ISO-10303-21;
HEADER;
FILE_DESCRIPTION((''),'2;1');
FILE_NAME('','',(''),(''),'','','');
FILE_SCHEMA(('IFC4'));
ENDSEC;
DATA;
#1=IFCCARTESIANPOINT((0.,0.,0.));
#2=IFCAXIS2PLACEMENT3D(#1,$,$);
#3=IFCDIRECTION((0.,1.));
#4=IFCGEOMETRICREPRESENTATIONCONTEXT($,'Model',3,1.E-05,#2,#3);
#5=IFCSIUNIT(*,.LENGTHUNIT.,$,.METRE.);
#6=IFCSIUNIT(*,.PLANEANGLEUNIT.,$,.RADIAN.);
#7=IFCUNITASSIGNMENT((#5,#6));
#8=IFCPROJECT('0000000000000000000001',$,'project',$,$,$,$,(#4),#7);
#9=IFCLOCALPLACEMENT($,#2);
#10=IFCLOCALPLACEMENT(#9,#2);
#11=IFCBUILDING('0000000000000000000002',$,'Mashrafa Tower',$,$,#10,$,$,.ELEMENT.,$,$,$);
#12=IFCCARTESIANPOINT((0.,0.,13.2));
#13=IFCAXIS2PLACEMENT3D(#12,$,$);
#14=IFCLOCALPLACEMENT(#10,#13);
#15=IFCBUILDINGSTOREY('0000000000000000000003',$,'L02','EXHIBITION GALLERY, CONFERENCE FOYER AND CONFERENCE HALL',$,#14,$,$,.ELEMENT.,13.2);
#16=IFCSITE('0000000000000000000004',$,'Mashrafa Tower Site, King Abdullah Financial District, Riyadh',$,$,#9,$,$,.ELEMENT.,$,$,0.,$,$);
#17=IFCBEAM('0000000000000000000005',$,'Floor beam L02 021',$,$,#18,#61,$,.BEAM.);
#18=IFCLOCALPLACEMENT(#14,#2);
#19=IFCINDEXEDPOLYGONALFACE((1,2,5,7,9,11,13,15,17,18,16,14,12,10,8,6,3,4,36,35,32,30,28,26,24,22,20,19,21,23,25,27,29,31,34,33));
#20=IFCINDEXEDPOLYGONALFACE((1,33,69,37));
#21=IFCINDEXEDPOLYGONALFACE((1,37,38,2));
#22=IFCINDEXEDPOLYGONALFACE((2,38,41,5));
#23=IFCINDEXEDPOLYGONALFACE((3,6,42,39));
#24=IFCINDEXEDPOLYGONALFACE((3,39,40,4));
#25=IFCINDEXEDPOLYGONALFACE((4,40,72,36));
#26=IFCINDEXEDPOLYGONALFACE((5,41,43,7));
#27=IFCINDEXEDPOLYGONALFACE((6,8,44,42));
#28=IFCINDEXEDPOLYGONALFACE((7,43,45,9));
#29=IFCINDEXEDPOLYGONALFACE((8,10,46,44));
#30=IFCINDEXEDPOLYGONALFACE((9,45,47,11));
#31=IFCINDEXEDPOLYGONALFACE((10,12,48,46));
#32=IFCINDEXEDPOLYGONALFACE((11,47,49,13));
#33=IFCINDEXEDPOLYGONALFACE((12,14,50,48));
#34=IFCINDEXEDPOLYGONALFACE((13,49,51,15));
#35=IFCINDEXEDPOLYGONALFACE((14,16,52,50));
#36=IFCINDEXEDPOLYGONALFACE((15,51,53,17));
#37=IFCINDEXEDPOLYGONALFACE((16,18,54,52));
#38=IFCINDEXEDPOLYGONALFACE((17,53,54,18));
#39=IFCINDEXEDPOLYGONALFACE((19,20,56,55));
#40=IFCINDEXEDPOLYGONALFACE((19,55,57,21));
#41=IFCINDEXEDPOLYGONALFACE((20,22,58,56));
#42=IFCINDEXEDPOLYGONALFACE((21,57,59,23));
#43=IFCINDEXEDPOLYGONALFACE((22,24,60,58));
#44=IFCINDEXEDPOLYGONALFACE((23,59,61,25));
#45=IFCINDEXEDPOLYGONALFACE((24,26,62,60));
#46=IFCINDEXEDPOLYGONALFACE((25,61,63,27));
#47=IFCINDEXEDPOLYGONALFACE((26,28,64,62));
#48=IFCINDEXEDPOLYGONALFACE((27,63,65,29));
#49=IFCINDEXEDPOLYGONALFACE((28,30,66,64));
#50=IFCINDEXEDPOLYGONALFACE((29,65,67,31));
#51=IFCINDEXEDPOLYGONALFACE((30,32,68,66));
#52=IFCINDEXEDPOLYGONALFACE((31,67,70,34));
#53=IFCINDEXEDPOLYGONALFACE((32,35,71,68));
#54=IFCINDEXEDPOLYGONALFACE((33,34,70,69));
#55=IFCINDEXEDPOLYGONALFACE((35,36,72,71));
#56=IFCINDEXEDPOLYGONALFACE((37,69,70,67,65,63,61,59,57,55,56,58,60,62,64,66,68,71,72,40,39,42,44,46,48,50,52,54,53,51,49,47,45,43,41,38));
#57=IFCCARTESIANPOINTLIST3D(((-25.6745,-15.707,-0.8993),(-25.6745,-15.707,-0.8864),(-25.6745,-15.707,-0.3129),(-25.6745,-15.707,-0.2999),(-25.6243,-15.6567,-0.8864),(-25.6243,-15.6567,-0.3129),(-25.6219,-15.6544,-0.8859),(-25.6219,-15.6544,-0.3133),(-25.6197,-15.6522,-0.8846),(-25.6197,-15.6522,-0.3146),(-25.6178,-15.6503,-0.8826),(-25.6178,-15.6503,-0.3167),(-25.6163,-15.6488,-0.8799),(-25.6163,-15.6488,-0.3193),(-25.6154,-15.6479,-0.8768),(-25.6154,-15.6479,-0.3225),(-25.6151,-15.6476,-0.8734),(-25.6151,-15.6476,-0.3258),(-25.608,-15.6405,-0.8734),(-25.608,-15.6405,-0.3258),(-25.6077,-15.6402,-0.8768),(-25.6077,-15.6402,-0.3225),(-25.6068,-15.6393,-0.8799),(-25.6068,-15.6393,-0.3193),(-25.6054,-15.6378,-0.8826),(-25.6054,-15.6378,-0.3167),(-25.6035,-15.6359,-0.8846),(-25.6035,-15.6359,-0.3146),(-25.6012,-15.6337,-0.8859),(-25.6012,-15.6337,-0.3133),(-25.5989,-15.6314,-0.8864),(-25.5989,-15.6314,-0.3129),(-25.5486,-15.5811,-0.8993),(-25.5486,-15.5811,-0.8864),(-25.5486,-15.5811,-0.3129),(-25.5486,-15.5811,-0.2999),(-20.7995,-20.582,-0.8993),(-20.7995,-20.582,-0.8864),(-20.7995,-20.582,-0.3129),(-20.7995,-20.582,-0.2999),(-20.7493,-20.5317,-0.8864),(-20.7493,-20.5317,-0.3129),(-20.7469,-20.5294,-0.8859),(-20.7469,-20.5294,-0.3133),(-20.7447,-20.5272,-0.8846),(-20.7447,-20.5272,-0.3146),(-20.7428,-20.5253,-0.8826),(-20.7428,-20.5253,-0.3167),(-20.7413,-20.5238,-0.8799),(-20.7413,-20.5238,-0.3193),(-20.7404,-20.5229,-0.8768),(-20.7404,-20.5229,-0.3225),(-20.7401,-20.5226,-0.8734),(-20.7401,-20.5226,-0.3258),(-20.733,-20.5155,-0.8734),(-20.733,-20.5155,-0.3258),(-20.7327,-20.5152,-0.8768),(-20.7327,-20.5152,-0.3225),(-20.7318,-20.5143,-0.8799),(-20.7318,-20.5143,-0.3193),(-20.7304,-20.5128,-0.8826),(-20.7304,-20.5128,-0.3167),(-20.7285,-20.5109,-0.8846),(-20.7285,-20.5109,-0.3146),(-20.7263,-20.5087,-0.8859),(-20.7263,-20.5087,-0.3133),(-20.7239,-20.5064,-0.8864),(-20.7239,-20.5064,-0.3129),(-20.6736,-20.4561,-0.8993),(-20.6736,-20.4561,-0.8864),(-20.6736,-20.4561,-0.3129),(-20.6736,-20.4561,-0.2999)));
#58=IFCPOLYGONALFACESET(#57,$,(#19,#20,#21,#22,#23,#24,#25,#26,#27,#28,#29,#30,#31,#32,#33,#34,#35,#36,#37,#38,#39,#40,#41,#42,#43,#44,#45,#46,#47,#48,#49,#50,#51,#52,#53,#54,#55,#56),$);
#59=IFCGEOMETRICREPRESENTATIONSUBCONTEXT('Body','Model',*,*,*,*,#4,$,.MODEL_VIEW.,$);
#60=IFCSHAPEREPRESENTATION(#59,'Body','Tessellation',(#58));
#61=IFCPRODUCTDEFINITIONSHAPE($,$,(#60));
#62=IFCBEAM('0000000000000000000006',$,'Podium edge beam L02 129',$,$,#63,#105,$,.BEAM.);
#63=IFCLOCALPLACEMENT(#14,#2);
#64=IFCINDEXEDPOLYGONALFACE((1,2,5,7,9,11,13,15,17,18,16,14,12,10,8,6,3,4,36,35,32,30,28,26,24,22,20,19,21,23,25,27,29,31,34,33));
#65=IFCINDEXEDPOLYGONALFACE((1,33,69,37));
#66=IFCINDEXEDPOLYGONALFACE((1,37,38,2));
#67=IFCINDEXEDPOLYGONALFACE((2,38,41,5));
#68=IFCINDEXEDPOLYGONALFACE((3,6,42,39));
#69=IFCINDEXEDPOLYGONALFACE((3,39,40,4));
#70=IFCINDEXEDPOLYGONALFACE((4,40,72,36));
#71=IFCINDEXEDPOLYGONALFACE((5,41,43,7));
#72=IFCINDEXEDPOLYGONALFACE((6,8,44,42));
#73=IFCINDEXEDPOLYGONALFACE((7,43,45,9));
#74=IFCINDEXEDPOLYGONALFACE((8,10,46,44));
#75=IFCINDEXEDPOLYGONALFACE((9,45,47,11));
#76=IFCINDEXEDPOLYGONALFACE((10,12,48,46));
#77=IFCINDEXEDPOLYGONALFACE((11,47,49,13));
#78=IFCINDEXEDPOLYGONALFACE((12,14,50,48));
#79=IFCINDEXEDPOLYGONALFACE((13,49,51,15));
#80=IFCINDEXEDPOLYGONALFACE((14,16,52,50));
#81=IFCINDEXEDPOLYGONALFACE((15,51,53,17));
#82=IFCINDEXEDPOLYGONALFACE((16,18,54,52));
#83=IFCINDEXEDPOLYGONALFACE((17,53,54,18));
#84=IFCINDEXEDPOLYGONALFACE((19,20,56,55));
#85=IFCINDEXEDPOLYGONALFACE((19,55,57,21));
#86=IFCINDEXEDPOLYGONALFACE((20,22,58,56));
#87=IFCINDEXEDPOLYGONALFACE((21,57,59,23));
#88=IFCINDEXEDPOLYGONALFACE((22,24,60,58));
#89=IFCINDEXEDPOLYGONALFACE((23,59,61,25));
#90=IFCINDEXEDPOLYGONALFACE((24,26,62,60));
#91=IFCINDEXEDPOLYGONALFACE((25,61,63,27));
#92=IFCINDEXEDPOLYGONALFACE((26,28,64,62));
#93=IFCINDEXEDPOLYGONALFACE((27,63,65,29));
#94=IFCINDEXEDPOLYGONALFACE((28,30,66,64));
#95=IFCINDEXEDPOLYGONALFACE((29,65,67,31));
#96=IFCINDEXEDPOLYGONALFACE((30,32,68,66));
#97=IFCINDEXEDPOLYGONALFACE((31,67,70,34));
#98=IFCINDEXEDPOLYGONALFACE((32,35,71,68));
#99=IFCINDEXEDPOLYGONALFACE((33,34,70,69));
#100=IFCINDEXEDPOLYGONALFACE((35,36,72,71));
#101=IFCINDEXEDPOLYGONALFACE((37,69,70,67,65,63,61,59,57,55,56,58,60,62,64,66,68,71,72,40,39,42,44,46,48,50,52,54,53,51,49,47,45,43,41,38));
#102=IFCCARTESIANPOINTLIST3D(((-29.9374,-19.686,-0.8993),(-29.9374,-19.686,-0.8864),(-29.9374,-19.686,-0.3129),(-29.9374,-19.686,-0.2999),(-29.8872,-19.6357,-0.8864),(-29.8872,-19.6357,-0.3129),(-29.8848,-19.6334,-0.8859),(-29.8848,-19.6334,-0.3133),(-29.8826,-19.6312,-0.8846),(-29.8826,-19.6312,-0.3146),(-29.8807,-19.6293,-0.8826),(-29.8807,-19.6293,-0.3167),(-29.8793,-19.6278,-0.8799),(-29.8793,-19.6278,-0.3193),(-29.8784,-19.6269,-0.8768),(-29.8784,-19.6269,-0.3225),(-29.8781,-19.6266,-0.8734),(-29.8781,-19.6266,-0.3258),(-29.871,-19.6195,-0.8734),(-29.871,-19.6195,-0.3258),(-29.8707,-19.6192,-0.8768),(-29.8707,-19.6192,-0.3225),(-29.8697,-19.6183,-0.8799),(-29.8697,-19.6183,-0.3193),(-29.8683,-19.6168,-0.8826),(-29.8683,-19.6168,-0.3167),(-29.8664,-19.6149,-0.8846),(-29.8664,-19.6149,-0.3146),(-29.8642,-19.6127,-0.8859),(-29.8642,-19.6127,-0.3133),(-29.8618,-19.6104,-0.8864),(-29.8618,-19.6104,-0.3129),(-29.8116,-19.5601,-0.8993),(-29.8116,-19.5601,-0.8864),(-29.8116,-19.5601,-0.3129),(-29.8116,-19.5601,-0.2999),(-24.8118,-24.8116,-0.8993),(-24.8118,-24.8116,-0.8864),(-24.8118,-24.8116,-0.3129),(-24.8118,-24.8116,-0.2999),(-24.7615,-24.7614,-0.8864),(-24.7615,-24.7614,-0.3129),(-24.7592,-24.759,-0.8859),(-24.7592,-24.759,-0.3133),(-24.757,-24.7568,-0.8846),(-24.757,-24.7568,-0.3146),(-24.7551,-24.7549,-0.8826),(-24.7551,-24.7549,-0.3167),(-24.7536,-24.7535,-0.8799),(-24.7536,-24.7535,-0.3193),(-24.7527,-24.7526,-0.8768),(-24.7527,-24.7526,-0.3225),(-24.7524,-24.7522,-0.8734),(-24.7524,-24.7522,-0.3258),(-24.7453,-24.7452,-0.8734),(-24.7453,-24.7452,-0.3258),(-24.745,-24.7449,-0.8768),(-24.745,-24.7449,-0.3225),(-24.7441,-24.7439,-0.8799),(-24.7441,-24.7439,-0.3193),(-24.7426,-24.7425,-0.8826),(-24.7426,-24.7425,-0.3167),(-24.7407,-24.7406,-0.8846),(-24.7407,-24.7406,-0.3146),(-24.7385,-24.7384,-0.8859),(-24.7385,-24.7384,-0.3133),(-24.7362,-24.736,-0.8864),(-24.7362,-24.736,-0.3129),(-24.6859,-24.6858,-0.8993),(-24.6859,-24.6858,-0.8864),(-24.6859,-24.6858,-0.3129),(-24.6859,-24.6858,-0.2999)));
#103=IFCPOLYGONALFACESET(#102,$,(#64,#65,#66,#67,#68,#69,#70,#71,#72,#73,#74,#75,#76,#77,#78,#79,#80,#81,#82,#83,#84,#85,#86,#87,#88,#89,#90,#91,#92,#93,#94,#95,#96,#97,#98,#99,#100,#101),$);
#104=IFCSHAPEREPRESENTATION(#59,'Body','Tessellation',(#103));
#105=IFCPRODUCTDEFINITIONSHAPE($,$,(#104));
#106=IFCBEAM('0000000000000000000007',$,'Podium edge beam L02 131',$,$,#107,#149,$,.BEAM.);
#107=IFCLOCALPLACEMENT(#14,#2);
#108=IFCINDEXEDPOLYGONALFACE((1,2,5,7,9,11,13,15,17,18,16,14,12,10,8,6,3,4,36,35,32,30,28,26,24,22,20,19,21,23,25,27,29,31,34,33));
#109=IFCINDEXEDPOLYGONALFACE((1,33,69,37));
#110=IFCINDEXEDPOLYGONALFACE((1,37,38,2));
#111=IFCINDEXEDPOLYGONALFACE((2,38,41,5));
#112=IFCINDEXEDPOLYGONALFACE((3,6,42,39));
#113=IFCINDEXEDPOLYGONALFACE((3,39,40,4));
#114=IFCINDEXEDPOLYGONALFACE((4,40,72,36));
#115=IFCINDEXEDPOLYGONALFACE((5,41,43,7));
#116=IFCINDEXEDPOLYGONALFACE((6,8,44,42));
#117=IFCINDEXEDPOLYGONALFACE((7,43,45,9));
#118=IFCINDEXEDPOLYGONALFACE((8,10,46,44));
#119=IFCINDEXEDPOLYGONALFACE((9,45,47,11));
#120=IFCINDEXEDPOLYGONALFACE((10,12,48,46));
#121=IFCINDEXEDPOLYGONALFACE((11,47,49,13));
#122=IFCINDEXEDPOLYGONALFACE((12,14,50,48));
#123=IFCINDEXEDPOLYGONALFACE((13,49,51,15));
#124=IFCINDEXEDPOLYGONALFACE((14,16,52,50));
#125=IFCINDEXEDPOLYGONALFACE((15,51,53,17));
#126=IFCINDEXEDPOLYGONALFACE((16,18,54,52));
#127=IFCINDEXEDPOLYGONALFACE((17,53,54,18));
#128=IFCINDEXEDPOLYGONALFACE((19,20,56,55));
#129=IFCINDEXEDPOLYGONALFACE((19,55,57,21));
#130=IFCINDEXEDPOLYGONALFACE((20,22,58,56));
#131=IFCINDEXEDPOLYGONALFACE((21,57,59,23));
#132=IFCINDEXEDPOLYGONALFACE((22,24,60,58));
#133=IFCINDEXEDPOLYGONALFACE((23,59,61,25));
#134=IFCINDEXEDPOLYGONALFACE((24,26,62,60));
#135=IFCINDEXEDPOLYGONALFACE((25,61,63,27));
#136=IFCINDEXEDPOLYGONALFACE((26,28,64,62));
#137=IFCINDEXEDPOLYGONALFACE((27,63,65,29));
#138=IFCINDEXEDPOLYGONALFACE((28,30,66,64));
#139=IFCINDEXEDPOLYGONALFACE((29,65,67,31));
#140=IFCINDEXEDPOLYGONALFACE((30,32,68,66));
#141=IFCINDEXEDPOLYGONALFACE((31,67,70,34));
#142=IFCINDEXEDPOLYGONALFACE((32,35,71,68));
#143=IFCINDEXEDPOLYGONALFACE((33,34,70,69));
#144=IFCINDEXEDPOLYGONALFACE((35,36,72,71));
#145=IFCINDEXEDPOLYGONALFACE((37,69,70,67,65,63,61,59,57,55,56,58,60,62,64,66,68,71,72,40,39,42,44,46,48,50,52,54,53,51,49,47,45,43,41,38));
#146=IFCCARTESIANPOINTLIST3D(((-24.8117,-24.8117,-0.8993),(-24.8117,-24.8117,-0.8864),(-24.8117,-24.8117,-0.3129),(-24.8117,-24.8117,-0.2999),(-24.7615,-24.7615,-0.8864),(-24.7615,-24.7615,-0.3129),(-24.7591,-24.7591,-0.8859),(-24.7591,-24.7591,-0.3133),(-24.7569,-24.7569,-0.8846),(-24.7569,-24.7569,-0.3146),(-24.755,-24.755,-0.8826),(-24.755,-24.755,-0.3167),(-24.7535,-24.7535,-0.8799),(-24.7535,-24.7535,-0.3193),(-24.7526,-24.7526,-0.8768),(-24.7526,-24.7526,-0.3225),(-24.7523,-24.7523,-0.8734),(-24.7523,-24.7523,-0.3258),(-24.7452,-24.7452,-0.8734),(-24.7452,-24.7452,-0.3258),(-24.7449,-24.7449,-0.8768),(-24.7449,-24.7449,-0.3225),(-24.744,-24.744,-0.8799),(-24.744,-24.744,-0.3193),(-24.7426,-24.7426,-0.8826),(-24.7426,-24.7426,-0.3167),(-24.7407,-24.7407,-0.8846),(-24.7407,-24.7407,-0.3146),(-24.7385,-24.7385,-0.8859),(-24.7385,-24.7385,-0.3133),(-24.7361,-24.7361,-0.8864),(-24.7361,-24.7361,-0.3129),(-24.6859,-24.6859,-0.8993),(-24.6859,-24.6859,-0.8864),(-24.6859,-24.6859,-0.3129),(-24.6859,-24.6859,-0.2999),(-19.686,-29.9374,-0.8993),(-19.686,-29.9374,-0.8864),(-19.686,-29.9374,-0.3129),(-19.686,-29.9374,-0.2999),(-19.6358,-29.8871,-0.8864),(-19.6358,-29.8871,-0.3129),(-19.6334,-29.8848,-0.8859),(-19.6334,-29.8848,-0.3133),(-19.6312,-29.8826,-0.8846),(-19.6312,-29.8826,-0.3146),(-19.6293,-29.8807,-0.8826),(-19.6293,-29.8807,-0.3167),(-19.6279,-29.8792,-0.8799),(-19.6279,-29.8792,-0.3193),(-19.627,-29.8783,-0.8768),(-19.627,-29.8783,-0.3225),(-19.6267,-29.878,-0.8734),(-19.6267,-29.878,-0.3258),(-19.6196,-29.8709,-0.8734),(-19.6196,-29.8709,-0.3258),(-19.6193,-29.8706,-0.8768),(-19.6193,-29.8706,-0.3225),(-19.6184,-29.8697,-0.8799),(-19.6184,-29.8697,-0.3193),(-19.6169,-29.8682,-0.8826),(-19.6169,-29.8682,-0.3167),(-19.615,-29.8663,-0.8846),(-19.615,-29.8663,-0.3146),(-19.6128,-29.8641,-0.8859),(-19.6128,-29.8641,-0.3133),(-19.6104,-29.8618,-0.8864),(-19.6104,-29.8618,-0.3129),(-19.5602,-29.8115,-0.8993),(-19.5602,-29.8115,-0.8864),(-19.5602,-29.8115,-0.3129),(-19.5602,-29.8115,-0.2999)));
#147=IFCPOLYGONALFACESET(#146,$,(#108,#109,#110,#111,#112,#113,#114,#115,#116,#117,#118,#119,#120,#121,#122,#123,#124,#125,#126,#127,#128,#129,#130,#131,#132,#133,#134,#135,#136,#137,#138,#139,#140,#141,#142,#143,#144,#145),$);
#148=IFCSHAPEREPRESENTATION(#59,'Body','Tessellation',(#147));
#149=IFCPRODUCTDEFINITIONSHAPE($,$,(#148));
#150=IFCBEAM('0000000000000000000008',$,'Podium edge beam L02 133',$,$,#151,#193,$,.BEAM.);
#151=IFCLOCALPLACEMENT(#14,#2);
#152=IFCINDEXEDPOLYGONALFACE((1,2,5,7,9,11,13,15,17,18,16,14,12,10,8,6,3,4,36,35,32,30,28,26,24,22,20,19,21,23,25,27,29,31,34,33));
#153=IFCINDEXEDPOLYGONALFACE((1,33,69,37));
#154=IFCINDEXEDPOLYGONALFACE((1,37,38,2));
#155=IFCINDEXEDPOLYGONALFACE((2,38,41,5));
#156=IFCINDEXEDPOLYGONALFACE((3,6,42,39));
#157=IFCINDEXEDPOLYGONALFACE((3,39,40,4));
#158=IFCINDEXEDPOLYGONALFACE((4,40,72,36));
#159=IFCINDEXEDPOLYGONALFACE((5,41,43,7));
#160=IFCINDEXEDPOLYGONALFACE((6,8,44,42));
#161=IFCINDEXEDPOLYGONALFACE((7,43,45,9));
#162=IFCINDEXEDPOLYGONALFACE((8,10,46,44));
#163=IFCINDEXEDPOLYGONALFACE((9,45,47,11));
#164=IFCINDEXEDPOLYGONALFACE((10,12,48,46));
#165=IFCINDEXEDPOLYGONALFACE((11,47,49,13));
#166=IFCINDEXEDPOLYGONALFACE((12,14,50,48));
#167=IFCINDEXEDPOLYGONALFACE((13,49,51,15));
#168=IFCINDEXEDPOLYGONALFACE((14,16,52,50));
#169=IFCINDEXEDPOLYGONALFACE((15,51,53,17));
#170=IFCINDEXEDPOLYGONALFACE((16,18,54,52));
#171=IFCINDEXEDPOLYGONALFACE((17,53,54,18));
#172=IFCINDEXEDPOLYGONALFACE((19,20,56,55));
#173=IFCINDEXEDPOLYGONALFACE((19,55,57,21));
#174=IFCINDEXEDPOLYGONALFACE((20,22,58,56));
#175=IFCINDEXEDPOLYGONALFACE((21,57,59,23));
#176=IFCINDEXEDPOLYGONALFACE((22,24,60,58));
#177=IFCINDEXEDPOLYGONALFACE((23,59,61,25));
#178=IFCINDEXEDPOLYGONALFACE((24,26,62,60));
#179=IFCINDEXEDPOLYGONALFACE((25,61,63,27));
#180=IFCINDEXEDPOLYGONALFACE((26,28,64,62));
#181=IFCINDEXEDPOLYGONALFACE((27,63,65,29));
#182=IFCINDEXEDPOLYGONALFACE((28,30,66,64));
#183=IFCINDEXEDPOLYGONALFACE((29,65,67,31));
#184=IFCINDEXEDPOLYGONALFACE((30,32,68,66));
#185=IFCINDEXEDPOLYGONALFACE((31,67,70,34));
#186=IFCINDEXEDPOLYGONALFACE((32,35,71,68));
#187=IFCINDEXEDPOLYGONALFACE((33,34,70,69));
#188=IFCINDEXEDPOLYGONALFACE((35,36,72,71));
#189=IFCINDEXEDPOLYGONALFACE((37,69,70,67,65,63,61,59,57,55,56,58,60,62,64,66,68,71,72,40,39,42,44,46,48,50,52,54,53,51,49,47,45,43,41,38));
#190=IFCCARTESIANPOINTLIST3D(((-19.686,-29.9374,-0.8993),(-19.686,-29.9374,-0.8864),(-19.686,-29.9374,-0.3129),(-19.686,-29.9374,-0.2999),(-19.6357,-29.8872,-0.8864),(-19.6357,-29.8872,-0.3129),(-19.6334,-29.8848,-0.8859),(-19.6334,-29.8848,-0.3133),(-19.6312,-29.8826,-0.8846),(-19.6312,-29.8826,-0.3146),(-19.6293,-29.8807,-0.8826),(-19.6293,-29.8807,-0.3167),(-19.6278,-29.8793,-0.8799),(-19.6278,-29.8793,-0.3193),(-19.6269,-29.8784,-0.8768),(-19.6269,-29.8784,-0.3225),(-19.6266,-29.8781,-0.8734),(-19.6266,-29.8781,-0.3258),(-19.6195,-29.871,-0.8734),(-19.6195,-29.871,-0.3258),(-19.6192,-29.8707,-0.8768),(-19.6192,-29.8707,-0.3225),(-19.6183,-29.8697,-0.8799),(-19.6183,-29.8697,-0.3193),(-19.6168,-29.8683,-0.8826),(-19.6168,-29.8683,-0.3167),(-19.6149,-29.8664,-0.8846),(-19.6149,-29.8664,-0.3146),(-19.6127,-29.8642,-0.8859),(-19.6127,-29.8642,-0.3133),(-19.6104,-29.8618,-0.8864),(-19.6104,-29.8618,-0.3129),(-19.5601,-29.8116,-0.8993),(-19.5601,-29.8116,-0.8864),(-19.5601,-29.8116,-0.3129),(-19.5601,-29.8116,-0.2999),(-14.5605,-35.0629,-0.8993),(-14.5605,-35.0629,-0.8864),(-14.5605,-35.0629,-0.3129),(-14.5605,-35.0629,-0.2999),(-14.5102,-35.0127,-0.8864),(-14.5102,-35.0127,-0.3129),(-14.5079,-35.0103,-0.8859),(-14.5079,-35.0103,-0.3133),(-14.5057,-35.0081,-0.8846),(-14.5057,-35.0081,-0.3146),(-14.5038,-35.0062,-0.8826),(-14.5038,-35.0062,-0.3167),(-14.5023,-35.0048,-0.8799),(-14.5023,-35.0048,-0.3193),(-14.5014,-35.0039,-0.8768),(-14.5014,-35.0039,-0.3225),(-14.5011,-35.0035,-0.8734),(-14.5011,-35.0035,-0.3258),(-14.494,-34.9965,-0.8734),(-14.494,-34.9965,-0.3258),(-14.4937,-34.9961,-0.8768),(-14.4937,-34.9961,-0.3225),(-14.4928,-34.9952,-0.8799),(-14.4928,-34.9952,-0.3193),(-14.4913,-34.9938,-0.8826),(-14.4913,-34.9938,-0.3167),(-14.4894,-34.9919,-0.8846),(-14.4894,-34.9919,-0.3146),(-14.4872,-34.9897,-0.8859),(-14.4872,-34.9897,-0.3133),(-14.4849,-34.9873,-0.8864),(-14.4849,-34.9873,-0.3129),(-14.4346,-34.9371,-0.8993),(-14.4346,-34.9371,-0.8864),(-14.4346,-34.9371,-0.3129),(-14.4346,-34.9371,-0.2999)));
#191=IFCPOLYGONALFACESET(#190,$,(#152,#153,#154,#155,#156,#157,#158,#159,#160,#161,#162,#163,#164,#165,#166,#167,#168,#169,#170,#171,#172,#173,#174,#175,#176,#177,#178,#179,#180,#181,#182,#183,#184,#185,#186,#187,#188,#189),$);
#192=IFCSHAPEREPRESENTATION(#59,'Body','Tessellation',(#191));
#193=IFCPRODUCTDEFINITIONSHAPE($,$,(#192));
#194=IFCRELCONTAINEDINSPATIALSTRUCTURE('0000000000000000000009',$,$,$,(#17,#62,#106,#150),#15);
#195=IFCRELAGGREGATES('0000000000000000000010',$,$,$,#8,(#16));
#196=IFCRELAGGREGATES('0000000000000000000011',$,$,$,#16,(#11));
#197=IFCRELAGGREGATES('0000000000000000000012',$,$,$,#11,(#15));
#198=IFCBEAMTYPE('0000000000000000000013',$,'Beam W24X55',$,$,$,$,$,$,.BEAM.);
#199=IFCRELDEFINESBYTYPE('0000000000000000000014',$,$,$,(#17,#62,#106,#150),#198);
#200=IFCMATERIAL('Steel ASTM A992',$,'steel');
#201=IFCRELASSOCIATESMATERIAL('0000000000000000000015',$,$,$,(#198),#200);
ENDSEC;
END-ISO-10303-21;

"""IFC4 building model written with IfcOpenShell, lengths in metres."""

from ifc_helpers import new_model, si_unit, direction, frame, origin, origin_2d, place, context, subcontext, project, spatial, i_section, extrude, material, material_profile, profile_set, type_object, element, save


model = new_model("IFC4")

# Units and contexts
model_context = context("Model", 3, precision=1e-05, world=origin(), true_north=direction((0.0, 1.0)))
body_context = subcontext(model_context, "Body", "Model", "MODEL_VIEW")
ifc_project = project(units=[si_unit("LENGTHUNIT", "METRE"), si_unit("PLANEANGLEUNIT", "RADIAN")], contexts=[model_context])

# Site, building, storey
site_placement = place(None, origin())
site = spatial("IfcSite", under=ifc_project, at=site_placement, Name="Mashrafa Tower Site, King Abdullah Financial District, Riyadh", CompositionType="ELEMENT", RefElevation=0.0)
building_placement = place(site_placement, origin())
building = spatial("IfcBuilding", under=site, at=building_placement, Name="Mashrafa Tower", CompositionType="ELEMENT")
storey_placement = place(building_placement, frame((0.0, 0.0, 13.2)))
storey = spatial("IfcBuildingStorey", under=building, at=storey_placement, Name="L02", Description="EXHIBITION GALLERY, CONFERENCE FOYER AND CONFERENCE HALL", CompositionType="ELEMENT", Elevation=13.2)

# Beams
ifc_material_1 = material(Name="Steel ASTM A992", Category="steel")
ifc_material_profile_1 = material_profile(ifc_material_1, i_section(OverallWidth=0.178, OverallDepth=0.5994, WebThickness=0.01, FlangeThickness=0.0129, FilletRadius=0.0129, at=origin_2d()), Name="W24X55")
ifc_profile_set_1 = profile_set([ifc_material_profile_1], Name="Steel ASTM A992")
beam_type_1 = type_object("IfcBeamType", Name="Beam W24X55", PredefinedType="BEAM", material=ifc_profile_set_1)
beam_1_placement = place(storey_placement, frame((-20.7366, -20.519, -0.5996), z_axis=(-0.707107, 0.707107, 0.0), x_axis=(-0.707107, -0.707107, 0.0)))
element("IfcBeam", 1, at=beam_1_placement, inside=storey, type_object=beam_type_1, Name="Floor beam L02 021", PredefinedType="BEAM", context=body_context, shape_type="SweptSolid", body=[
    extrude(i_section(OverallWidth=0.178, OverallDepth=0.5994, WebThickness=0.01, FlangeThickness=0.0129, FilletRadius=0.0129, at=origin_2d()), origin(), (0.0, 0.0, 1.0), 6.8943),
])
for number, where, z_axis, x_axis, name in (
    (2, (-29.8745, -19.623, -0.5996), (0.707107, -0.707107, 0.0), (0.707107, 0.707107, 0.0), "Podium edge beam L02 129"),
    (3, (-24.7488, -24.7488, -0.5996), (0.707107, -0.707107, 0.0), (0.707107, 0.707107, 0.0), "Podium edge beam L02 131"),
):
    element("IfcBeam", number, at=place(storey_placement, frame(where, z_axis=z_axis, x_axis=x_axis)), inside=storey, type_object=beam_type_1, Name=name, PredefinedType="BEAM", context=body_context, shape_type="SweptSolid", body=[
        extrude(i_section(OverallWidth=0.178, OverallDepth=0.5994, WebThickness=0.01, FlangeThickness=0.0129, FilletRadius=0.0129, at=origin_2d()), origin(), (0.0, 0.0, 1.0), 7.2488),
    ])
beam_2_placement = place(storey_placement, frame((-19.623, -29.8745, -0.5996), z_axis=(0.707107, -0.707107, 0.0), x_axis=(0.707107, 0.707107, 0.0)))
element("IfcBeam", 4, at=beam_2_placement, inside=storey, type_object=beam_type_1, Name="Podium edge beam L02 133", PredefinedType="BEAM", context=body_context, shape_type="SweptSolid", body=[
    extrude(i_section(OverallWidth=0.178, OverallDepth=0.5994, WebThickness=0.01, FlangeThickness=0.0129, FilletRadius=0.0129, at=origin_2d()), origin(), (0.0, 0.0, 1.0), 7.2485),
])

save(model, "model.ifc")
